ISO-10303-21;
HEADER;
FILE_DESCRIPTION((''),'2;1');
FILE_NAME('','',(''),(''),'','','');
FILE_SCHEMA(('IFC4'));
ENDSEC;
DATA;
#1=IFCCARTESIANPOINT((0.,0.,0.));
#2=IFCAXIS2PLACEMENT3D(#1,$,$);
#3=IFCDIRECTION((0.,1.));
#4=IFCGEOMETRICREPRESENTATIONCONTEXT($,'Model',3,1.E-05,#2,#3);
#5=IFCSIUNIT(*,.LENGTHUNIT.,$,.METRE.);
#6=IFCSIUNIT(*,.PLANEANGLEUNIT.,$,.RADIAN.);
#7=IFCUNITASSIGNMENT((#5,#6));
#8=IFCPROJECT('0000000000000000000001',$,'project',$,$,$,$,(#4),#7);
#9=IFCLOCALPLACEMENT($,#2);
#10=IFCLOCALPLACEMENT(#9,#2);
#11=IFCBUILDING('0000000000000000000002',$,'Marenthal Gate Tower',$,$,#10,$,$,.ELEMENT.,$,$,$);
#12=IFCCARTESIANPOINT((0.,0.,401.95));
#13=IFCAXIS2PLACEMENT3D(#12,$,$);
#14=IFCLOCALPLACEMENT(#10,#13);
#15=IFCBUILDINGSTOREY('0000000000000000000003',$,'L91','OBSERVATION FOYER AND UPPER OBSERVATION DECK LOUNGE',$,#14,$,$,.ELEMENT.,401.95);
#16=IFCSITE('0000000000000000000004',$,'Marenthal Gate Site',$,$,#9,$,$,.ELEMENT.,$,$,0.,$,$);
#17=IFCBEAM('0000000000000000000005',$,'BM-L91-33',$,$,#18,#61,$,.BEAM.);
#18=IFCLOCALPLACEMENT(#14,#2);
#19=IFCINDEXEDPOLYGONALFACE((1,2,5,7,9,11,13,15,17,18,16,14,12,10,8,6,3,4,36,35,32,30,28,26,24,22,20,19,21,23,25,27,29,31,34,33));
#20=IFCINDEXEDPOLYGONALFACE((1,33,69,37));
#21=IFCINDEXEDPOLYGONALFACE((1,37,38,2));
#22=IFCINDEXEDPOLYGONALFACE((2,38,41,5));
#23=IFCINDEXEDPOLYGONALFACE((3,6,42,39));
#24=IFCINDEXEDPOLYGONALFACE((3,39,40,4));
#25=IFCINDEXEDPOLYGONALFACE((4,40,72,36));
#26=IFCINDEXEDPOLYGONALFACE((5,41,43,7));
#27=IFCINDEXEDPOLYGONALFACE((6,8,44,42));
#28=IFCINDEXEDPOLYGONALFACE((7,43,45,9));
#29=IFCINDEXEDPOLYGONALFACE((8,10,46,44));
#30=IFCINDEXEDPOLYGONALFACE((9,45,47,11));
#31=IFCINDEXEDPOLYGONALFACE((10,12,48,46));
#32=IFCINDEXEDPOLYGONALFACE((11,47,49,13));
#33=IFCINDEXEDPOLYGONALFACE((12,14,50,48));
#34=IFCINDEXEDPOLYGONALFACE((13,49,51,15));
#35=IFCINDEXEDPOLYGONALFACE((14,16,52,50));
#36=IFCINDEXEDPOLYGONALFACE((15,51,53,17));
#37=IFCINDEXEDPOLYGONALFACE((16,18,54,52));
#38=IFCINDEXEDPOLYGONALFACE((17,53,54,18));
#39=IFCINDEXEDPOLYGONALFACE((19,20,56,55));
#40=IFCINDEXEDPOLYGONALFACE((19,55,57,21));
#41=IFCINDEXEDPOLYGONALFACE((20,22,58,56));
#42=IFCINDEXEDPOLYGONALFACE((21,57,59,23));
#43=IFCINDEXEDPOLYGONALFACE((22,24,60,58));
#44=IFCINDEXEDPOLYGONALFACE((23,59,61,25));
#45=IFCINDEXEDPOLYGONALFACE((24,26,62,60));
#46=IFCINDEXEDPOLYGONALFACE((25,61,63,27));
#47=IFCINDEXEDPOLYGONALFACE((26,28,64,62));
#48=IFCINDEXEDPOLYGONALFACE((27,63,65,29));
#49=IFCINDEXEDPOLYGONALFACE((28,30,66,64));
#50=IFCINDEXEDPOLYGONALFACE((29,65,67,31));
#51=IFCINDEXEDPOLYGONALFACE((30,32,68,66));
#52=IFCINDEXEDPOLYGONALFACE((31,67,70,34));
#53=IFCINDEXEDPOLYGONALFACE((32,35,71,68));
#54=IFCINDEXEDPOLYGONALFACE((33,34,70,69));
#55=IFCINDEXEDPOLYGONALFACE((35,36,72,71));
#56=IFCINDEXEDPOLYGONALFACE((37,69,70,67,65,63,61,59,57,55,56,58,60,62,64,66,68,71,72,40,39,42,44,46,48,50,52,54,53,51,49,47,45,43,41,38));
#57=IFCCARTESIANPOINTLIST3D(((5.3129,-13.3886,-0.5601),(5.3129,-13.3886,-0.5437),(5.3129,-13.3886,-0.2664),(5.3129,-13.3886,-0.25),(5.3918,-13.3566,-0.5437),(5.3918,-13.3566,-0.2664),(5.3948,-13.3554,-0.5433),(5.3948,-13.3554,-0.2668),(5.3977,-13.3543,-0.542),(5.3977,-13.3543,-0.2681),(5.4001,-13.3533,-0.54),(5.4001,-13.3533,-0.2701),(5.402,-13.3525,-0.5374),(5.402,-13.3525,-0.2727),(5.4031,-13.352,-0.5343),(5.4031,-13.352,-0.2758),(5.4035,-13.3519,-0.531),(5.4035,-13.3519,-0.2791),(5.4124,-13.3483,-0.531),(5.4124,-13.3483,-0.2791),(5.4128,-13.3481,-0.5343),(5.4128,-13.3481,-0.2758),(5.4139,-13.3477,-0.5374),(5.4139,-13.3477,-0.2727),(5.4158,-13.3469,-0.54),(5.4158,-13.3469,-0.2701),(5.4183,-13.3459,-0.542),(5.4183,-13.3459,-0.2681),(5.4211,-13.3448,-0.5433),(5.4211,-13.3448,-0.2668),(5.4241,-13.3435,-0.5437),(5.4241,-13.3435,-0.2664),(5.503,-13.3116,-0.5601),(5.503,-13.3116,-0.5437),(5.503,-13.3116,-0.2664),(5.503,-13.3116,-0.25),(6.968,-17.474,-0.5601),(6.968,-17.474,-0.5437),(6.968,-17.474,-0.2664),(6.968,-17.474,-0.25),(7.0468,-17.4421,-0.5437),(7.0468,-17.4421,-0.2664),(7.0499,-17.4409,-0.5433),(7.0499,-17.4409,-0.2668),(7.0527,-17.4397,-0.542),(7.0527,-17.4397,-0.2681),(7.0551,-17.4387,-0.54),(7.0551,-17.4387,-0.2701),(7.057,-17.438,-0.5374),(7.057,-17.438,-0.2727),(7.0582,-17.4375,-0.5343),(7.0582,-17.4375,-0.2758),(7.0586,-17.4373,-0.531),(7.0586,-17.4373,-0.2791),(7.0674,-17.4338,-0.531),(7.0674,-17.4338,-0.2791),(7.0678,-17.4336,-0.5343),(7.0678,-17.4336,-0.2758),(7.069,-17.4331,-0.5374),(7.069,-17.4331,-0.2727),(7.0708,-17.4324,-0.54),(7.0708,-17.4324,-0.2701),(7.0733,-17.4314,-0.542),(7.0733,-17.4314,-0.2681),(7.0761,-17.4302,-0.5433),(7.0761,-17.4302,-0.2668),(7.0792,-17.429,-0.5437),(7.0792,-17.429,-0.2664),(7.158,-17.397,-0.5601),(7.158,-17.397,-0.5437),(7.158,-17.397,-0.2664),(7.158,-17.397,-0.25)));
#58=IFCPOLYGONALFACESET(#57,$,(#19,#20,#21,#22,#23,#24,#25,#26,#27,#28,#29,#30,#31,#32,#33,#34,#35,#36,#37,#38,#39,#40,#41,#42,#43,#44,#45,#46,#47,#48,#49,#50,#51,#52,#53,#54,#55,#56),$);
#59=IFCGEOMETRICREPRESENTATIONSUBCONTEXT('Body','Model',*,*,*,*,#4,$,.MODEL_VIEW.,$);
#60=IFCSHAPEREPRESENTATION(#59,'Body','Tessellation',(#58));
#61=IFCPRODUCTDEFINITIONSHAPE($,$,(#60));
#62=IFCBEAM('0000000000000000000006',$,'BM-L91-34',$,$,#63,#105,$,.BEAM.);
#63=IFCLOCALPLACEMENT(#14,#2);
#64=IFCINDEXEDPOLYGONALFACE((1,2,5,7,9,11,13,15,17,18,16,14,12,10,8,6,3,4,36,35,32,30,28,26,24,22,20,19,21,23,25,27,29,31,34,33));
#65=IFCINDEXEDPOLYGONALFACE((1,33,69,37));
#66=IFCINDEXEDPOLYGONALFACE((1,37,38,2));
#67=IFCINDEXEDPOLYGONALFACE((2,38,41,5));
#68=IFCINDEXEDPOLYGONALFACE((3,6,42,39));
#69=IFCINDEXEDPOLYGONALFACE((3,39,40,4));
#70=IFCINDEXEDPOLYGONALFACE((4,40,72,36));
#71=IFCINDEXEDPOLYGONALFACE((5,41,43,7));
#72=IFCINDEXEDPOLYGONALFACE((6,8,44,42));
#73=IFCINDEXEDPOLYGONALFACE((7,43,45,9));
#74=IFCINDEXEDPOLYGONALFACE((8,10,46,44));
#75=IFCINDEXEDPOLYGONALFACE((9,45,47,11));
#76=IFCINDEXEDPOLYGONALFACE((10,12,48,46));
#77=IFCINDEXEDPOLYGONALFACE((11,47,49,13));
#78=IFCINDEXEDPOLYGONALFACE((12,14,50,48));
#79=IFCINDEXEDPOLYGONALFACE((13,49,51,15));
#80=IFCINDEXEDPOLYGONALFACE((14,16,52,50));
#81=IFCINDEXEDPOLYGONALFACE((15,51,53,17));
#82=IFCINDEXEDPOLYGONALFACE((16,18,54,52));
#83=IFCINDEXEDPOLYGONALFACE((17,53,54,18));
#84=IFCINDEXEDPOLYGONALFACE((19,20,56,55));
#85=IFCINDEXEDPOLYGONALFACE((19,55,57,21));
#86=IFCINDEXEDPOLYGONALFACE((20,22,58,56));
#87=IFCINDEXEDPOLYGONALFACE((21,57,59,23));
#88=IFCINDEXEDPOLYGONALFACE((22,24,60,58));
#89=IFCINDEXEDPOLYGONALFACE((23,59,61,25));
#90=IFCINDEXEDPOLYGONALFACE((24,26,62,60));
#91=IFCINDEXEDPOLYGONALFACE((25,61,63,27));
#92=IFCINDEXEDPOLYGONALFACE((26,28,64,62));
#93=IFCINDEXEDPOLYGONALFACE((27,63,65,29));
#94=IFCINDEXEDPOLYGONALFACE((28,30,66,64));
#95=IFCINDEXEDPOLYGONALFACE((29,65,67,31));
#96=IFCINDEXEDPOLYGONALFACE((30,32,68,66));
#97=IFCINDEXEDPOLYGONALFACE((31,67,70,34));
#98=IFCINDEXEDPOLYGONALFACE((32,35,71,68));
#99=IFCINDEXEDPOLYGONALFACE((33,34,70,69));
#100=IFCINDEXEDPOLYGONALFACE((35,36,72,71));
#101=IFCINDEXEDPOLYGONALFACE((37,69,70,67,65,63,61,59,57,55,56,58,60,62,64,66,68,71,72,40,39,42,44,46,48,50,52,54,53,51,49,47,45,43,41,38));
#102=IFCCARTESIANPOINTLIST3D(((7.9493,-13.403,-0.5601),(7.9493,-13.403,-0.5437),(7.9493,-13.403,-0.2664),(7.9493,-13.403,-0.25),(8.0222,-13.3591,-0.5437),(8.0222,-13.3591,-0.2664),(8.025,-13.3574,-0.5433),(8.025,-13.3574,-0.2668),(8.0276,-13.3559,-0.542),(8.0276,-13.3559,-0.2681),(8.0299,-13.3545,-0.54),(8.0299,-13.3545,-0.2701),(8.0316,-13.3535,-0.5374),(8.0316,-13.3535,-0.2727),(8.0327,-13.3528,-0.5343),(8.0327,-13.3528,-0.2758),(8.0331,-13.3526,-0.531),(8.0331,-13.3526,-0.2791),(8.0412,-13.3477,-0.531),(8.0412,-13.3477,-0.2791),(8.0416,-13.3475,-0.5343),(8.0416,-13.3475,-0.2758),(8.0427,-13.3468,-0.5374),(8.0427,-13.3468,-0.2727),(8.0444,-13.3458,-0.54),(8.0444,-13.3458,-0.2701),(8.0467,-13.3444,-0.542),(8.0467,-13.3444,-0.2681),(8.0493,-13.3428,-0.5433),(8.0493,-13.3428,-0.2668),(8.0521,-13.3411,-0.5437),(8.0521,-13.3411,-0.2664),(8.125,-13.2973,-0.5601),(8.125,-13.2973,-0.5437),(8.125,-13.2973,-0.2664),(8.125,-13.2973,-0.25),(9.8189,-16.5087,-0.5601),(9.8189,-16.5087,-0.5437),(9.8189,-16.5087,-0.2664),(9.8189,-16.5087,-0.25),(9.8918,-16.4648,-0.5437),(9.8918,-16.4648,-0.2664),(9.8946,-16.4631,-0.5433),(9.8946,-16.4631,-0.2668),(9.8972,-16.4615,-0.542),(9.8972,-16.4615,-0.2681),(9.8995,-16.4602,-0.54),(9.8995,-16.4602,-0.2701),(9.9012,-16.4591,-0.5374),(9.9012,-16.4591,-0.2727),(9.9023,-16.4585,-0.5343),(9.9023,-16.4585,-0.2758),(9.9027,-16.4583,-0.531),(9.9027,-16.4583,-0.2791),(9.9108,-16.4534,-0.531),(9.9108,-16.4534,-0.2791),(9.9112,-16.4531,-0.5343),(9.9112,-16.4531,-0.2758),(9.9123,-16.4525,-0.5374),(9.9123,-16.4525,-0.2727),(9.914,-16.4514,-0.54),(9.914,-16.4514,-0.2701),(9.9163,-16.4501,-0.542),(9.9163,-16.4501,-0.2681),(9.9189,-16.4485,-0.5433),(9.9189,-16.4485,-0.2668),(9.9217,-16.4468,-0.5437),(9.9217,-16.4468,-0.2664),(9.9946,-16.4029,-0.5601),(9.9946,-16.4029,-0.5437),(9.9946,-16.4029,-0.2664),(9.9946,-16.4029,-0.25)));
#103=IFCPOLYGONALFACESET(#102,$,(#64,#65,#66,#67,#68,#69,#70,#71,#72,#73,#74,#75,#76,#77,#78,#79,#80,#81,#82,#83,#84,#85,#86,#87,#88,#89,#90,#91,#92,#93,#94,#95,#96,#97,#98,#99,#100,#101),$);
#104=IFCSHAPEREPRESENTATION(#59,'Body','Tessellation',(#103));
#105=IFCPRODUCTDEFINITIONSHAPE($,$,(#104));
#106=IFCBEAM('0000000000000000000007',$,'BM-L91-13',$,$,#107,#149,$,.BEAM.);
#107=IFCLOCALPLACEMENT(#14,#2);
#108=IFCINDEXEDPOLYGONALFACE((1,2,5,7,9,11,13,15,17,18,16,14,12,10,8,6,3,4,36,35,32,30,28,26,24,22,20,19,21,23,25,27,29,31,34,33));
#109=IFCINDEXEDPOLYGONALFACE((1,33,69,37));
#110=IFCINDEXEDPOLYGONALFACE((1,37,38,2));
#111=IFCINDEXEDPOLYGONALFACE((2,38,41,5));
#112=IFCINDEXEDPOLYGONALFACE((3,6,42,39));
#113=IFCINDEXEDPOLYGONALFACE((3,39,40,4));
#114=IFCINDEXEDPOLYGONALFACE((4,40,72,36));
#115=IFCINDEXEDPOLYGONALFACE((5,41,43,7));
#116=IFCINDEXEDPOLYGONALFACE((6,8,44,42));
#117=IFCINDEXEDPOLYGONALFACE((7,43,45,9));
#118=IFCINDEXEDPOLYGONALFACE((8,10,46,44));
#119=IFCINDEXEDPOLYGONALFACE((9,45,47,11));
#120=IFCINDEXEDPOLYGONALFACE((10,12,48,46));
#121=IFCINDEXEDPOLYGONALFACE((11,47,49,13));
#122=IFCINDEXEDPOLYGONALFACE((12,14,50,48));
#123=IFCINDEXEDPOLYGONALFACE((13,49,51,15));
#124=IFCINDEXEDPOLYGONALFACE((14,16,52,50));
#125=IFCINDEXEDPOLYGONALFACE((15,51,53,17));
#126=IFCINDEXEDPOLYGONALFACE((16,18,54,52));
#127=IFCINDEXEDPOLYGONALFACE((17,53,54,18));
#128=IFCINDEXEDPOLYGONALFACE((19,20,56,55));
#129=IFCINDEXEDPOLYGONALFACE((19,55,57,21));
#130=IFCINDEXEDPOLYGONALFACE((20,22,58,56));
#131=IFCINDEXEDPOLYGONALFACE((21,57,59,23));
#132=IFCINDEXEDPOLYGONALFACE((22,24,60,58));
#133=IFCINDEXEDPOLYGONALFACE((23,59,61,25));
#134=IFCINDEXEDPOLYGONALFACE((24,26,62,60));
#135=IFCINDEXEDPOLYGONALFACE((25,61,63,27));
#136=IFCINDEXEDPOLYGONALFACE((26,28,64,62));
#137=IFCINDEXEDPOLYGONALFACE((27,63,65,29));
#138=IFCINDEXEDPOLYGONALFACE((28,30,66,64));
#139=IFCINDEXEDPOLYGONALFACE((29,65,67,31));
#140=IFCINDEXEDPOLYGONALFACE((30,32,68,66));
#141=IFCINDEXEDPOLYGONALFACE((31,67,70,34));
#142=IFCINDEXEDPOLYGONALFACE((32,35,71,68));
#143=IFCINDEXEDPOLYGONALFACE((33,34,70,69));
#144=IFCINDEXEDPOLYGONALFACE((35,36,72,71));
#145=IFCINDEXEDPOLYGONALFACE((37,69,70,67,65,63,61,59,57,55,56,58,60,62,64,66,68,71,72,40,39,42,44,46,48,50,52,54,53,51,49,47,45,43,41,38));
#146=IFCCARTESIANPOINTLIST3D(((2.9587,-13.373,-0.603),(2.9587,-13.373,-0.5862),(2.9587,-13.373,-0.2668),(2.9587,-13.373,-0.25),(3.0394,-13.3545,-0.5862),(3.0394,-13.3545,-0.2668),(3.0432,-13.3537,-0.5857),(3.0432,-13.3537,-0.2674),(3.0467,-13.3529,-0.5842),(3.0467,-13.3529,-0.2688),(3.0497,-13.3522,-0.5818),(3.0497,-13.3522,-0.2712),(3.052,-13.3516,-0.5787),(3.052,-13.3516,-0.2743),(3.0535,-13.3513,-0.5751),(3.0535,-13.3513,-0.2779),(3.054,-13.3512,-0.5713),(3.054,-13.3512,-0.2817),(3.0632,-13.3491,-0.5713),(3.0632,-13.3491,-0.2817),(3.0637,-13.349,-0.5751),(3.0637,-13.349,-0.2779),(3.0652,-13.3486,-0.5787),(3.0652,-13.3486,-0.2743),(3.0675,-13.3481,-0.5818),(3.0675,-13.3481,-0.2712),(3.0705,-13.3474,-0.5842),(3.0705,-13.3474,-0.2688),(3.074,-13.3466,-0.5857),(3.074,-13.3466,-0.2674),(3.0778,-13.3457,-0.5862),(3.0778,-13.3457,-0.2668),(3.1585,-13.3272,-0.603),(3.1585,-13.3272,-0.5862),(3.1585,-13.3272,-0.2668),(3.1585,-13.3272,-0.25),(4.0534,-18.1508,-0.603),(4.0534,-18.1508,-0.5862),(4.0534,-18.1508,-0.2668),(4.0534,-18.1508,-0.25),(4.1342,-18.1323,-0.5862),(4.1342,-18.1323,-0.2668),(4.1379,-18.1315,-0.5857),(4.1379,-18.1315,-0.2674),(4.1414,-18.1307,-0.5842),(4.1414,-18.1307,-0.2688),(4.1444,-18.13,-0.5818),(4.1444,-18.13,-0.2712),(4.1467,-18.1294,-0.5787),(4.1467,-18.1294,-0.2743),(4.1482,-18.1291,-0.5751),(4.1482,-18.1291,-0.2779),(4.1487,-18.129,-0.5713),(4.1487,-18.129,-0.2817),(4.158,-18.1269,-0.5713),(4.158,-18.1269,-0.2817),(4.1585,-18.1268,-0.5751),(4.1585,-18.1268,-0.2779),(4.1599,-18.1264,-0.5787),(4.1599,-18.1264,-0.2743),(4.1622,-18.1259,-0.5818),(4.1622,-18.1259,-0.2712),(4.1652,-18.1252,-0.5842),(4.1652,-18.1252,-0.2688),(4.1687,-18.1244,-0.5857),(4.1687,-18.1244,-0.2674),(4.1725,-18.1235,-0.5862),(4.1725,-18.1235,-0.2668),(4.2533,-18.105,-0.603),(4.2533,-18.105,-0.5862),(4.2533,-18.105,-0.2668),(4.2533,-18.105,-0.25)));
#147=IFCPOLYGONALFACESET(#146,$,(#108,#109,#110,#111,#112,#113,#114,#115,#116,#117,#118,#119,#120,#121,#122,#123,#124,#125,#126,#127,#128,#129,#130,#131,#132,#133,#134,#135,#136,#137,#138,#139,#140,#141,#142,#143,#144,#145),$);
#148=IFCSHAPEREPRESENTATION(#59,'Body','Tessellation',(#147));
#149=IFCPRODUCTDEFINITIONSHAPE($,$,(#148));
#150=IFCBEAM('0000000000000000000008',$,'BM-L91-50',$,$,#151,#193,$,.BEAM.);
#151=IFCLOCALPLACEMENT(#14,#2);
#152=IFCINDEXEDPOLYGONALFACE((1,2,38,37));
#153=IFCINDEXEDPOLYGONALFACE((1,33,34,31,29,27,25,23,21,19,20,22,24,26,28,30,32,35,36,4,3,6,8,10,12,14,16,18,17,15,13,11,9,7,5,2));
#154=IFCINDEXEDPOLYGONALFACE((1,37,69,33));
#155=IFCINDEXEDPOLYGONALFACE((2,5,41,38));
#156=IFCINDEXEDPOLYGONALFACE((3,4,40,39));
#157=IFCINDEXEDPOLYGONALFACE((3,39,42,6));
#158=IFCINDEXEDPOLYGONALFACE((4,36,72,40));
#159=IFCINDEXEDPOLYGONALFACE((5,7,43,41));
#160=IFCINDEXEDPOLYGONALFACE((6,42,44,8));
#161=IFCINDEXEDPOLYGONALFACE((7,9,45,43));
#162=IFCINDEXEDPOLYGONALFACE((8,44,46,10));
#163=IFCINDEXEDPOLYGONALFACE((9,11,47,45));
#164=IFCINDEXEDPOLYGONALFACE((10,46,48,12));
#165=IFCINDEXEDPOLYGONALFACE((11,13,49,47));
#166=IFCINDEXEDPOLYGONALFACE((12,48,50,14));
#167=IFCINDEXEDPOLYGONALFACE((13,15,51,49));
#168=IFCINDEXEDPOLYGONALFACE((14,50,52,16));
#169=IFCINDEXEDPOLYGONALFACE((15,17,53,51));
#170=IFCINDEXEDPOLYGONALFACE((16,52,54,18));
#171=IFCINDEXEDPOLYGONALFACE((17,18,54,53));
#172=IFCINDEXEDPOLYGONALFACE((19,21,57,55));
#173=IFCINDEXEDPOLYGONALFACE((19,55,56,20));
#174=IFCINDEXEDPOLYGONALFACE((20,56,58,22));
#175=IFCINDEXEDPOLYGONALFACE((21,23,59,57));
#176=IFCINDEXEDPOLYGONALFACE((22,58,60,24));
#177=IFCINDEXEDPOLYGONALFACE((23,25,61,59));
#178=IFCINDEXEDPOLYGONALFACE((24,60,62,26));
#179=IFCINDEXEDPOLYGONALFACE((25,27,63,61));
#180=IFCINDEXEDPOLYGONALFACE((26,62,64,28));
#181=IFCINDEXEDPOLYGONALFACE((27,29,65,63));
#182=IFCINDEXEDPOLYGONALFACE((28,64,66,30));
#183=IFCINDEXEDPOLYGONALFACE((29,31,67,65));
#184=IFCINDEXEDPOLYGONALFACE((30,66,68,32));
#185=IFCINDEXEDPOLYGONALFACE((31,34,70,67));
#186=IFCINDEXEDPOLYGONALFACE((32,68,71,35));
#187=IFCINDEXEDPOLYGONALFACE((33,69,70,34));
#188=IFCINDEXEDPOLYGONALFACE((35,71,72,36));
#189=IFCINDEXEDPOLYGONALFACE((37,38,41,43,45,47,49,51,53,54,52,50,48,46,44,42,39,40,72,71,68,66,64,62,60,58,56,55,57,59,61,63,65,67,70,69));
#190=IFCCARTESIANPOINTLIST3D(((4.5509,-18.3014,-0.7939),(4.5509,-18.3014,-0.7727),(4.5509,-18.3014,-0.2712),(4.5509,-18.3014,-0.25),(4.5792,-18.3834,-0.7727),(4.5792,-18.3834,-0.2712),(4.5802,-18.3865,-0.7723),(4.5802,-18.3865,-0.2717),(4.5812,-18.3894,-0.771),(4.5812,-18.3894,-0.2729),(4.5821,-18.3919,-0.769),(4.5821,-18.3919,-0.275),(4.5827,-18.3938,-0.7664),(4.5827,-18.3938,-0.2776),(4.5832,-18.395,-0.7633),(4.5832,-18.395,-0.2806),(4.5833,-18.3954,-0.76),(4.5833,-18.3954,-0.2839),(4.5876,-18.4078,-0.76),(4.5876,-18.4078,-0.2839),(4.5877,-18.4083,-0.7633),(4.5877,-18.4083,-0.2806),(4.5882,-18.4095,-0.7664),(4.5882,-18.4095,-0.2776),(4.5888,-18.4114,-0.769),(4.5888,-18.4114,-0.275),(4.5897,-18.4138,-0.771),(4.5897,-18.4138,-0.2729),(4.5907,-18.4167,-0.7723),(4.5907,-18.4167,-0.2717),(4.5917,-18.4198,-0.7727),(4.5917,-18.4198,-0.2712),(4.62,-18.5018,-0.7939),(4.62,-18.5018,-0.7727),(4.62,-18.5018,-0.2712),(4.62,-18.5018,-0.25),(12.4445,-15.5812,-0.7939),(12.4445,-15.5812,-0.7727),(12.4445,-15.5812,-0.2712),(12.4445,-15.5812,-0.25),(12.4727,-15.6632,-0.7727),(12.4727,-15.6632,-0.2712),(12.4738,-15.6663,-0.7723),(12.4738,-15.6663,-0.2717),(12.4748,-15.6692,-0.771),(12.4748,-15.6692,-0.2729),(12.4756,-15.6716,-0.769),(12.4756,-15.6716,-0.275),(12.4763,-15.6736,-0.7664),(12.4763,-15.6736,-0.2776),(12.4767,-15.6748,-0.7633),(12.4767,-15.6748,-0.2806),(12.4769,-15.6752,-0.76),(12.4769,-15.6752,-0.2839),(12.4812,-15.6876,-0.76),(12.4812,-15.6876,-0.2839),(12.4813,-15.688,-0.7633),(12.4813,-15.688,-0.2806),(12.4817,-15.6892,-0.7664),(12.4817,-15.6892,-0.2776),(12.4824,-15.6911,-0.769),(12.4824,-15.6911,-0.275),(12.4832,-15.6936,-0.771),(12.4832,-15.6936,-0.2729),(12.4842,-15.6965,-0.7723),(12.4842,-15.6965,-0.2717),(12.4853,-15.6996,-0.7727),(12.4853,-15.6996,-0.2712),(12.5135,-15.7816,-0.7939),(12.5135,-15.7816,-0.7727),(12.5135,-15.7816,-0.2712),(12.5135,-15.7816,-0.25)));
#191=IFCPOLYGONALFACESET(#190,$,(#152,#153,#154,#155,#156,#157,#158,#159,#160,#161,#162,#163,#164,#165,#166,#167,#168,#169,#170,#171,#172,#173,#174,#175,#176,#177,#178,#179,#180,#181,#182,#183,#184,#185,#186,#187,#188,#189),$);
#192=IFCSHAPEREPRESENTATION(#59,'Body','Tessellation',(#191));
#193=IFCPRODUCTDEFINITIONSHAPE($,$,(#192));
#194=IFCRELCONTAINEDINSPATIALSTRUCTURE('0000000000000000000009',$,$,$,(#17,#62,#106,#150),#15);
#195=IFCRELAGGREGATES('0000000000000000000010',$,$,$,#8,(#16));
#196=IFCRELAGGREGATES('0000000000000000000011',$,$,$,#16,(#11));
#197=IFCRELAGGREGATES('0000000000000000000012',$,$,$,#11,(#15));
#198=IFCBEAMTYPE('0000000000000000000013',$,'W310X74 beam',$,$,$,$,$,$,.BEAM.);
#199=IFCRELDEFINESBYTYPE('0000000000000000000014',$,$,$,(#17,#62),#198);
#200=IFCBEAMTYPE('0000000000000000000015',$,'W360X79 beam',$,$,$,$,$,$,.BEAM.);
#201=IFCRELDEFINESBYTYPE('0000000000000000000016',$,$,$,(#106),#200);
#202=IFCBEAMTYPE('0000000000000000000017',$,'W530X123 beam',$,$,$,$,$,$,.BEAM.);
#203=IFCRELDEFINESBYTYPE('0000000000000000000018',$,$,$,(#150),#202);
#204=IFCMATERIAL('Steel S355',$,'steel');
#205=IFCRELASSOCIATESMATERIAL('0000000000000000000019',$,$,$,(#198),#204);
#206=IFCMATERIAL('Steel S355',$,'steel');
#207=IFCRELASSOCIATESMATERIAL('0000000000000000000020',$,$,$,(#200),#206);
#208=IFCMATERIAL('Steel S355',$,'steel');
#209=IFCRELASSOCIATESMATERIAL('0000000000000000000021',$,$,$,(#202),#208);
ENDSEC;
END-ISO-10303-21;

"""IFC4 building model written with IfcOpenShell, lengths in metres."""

from ifc_helpers import new_model, si_unit, direction, frame, origin, origin_2d, place, context, subcontext, project, spatial, i_section, extrude, material, material_profile, profile_set, type_object, element, save


model = new_model("IFC4")

# Units and contexts
model_context = context("Model", 3, precision=1e-05, world=origin(), true_north=direction((0.0, 1.0)))
body_context = subcontext(model_context, "Body", "Model", "MODEL_VIEW")
ifc_project = project(units=[si_unit("LENGTHUNIT", "METRE"), si_unit("PLANEANGLEUNIT", "RADIAN")], contexts=[model_context])

# Site, building, storey
site_placement = place(None, origin())
site = spatial("IfcSite", under=ifc_project, at=site_placement, Name="Marenthal Gate Site", CompositionType="ELEMENT", RefElevation=0.0)
building_placement = place(site_placement, origin())
building = spatial("IfcBuilding", under=site, at=building_placement, Name="Marenthal Gate Tower", CompositionType="ELEMENT")
storey_placement = place(building_placement, frame((0.0, 0.0, 401.95)))
storey = spatial("IfcBuildingStorey", under=building, at=storey_placement, Name="L91", Description="OBSERVATION FOYER AND UPPER OBSERVATION DECK LOUNGE", CompositionType="ELEMENT", Elevation=401.95)

# Beams
ifc_material_1 = material(Name="Steel S355", Category="steel")
ifc_material_profile_1 = material_profile(ifc_material_1, i_section(OverallWidth=0.2051, OverallDepth=0.3101, WebThickness=0.0095, FlangeThickness=0.0164, FilletRadius=0.0127, at=origin_2d()), Name="W310X74")
ifc_profile_set_1 = profile_set([ifc_material_profile_1], Name="Steel S355")
beam_type_1 = type_object("IfcBeamType", Name="W310X74 beam", PredefinedType="BEAM", material=ifc_profile_set_1)
beam_1_placement = place(storey_placement, frame((7.063, -17.4355, -0.405), z_axis=(-0.375465, 0.926837, 0.0), x_axis=(-0.926837, -0.375465, 0.0)))
element("IfcBeam", 1, at=beam_1_placement, inside=storey, type_object=beam_type_1, Name="BM-L91-33", PredefinedType="BEAM", context=body_context, shape_type="SweptSolid", body=[
    extrude(i_section(OverallWidth=0.2051, OverallDepth=0.3101, WebThickness=0.0095, FlangeThickness=0.0164, FilletRadius=0.0127, at=origin_2d()), origin(), (0.0, 0.0, 1.0), 4.408),
])
beam_2_placement = place(storey_placement, frame((9.9067, -16.4558, -0.405), z_axis=(-0.515753, 0.856737, 0.0), x_axis=(-0.856737, -0.515753, 0.0)))
element("IfcBeam", 2, at=beam_2_placement, inside=storey, type_object=beam_type_1, Name="BM-L91-34", PredefinedType="BEAM", context=body_context, shape_type="SweptSolid", body=[
    extrude(i_section(OverallWidth=0.2051, OverallDepth=0.3101, WebThickness=0.0095, FlangeThickness=0.0164, FilletRadius=0.0127, at=origin_2d()), origin(), (0.0, 0.0, 1.0), 3.625),
])
ifc_material_2 = material(Name="Steel S355", Category="steel")
ifc_material_profile_2 = material_profile(ifc_material_2, i_section(OverallWidth=0.2051, OverallDepth=0.353, WebThickness=0.0095, FlangeThickness=0.0168, FilletRadius=0.0149, at=origin_2d()), Name="W360X79")
ifc_profile_set_2 = profile_set([ifc_material_profile_2], Name="Steel S355")
beam_type_2 = type_object("IfcBeamType", Name="W360X79 beam", PredefinedType="BEAM", material=ifc_profile_set_2)
beam_3_placement = place(storey_placement, frame((4.1533, -18.1279, -0.4265), z_axis=(-0.223339, 0.974741, 0.0), x_axis=(-0.974741, -0.223339, 0.0)))
element("IfcBeam", 3, at=beam_3_placement, inside=storey, type_object=beam_type_2, Name="BM-L91-13", PredefinedType="BEAM", context=body_context, shape_type="SweptSolid", body=[
    extrude(i_section(OverallWidth=0.2051, OverallDepth=0.353, WebThickness=0.0095, FlangeThickness=0.0168, FilletRadius=0.0149, at=origin_2d()), origin(), (0.0, 0.0, 1.0), 4.9016),
])
ifc_material_3 = material(Name="Steel S355", Category="steel")
ifc_material_profile_3 = material_profile(ifc_material_3, i_section(OverallWidth=0.2119, OverallDepth=0.5439, WebThickness=0.0132, FlangeThickness=0.0212, FilletRadius=0.0127, at=origin_2d()), Name="W530X123")
ifc_profile_set_3 = profile_set([ifc_material_profile_3], Name="Steel S355")
beam_type_3 = type_object("IfcBeamType", Name="W530X123 beam", PredefinedType="BEAM", material=ifc_profile_set_3)
beam_4_placement = place(storey_placement, frame((4.5854, -18.4016, -0.522), z_axis=(0.945436, 0.325809, 0.0), x_axis=(-0.325809, 0.945436, 0.0)))
element("IfcBeam", 4, at=beam_4_placement, inside=storey, type_object=beam_type_3, Name="BM-L91-50", PredefinedType="BEAM", context=body_context, shape_type="SweptSolid", body=[
    extrude(i_section(OverallWidth=0.2119, OverallDepth=0.5439, WebThickness=0.0132, FlangeThickness=0.0212, FilletRadius=0.0127, at=origin_2d()), origin(), (0.0, 0.0, 1.0), 8.3491),
])

save(model, "model.ifc")
